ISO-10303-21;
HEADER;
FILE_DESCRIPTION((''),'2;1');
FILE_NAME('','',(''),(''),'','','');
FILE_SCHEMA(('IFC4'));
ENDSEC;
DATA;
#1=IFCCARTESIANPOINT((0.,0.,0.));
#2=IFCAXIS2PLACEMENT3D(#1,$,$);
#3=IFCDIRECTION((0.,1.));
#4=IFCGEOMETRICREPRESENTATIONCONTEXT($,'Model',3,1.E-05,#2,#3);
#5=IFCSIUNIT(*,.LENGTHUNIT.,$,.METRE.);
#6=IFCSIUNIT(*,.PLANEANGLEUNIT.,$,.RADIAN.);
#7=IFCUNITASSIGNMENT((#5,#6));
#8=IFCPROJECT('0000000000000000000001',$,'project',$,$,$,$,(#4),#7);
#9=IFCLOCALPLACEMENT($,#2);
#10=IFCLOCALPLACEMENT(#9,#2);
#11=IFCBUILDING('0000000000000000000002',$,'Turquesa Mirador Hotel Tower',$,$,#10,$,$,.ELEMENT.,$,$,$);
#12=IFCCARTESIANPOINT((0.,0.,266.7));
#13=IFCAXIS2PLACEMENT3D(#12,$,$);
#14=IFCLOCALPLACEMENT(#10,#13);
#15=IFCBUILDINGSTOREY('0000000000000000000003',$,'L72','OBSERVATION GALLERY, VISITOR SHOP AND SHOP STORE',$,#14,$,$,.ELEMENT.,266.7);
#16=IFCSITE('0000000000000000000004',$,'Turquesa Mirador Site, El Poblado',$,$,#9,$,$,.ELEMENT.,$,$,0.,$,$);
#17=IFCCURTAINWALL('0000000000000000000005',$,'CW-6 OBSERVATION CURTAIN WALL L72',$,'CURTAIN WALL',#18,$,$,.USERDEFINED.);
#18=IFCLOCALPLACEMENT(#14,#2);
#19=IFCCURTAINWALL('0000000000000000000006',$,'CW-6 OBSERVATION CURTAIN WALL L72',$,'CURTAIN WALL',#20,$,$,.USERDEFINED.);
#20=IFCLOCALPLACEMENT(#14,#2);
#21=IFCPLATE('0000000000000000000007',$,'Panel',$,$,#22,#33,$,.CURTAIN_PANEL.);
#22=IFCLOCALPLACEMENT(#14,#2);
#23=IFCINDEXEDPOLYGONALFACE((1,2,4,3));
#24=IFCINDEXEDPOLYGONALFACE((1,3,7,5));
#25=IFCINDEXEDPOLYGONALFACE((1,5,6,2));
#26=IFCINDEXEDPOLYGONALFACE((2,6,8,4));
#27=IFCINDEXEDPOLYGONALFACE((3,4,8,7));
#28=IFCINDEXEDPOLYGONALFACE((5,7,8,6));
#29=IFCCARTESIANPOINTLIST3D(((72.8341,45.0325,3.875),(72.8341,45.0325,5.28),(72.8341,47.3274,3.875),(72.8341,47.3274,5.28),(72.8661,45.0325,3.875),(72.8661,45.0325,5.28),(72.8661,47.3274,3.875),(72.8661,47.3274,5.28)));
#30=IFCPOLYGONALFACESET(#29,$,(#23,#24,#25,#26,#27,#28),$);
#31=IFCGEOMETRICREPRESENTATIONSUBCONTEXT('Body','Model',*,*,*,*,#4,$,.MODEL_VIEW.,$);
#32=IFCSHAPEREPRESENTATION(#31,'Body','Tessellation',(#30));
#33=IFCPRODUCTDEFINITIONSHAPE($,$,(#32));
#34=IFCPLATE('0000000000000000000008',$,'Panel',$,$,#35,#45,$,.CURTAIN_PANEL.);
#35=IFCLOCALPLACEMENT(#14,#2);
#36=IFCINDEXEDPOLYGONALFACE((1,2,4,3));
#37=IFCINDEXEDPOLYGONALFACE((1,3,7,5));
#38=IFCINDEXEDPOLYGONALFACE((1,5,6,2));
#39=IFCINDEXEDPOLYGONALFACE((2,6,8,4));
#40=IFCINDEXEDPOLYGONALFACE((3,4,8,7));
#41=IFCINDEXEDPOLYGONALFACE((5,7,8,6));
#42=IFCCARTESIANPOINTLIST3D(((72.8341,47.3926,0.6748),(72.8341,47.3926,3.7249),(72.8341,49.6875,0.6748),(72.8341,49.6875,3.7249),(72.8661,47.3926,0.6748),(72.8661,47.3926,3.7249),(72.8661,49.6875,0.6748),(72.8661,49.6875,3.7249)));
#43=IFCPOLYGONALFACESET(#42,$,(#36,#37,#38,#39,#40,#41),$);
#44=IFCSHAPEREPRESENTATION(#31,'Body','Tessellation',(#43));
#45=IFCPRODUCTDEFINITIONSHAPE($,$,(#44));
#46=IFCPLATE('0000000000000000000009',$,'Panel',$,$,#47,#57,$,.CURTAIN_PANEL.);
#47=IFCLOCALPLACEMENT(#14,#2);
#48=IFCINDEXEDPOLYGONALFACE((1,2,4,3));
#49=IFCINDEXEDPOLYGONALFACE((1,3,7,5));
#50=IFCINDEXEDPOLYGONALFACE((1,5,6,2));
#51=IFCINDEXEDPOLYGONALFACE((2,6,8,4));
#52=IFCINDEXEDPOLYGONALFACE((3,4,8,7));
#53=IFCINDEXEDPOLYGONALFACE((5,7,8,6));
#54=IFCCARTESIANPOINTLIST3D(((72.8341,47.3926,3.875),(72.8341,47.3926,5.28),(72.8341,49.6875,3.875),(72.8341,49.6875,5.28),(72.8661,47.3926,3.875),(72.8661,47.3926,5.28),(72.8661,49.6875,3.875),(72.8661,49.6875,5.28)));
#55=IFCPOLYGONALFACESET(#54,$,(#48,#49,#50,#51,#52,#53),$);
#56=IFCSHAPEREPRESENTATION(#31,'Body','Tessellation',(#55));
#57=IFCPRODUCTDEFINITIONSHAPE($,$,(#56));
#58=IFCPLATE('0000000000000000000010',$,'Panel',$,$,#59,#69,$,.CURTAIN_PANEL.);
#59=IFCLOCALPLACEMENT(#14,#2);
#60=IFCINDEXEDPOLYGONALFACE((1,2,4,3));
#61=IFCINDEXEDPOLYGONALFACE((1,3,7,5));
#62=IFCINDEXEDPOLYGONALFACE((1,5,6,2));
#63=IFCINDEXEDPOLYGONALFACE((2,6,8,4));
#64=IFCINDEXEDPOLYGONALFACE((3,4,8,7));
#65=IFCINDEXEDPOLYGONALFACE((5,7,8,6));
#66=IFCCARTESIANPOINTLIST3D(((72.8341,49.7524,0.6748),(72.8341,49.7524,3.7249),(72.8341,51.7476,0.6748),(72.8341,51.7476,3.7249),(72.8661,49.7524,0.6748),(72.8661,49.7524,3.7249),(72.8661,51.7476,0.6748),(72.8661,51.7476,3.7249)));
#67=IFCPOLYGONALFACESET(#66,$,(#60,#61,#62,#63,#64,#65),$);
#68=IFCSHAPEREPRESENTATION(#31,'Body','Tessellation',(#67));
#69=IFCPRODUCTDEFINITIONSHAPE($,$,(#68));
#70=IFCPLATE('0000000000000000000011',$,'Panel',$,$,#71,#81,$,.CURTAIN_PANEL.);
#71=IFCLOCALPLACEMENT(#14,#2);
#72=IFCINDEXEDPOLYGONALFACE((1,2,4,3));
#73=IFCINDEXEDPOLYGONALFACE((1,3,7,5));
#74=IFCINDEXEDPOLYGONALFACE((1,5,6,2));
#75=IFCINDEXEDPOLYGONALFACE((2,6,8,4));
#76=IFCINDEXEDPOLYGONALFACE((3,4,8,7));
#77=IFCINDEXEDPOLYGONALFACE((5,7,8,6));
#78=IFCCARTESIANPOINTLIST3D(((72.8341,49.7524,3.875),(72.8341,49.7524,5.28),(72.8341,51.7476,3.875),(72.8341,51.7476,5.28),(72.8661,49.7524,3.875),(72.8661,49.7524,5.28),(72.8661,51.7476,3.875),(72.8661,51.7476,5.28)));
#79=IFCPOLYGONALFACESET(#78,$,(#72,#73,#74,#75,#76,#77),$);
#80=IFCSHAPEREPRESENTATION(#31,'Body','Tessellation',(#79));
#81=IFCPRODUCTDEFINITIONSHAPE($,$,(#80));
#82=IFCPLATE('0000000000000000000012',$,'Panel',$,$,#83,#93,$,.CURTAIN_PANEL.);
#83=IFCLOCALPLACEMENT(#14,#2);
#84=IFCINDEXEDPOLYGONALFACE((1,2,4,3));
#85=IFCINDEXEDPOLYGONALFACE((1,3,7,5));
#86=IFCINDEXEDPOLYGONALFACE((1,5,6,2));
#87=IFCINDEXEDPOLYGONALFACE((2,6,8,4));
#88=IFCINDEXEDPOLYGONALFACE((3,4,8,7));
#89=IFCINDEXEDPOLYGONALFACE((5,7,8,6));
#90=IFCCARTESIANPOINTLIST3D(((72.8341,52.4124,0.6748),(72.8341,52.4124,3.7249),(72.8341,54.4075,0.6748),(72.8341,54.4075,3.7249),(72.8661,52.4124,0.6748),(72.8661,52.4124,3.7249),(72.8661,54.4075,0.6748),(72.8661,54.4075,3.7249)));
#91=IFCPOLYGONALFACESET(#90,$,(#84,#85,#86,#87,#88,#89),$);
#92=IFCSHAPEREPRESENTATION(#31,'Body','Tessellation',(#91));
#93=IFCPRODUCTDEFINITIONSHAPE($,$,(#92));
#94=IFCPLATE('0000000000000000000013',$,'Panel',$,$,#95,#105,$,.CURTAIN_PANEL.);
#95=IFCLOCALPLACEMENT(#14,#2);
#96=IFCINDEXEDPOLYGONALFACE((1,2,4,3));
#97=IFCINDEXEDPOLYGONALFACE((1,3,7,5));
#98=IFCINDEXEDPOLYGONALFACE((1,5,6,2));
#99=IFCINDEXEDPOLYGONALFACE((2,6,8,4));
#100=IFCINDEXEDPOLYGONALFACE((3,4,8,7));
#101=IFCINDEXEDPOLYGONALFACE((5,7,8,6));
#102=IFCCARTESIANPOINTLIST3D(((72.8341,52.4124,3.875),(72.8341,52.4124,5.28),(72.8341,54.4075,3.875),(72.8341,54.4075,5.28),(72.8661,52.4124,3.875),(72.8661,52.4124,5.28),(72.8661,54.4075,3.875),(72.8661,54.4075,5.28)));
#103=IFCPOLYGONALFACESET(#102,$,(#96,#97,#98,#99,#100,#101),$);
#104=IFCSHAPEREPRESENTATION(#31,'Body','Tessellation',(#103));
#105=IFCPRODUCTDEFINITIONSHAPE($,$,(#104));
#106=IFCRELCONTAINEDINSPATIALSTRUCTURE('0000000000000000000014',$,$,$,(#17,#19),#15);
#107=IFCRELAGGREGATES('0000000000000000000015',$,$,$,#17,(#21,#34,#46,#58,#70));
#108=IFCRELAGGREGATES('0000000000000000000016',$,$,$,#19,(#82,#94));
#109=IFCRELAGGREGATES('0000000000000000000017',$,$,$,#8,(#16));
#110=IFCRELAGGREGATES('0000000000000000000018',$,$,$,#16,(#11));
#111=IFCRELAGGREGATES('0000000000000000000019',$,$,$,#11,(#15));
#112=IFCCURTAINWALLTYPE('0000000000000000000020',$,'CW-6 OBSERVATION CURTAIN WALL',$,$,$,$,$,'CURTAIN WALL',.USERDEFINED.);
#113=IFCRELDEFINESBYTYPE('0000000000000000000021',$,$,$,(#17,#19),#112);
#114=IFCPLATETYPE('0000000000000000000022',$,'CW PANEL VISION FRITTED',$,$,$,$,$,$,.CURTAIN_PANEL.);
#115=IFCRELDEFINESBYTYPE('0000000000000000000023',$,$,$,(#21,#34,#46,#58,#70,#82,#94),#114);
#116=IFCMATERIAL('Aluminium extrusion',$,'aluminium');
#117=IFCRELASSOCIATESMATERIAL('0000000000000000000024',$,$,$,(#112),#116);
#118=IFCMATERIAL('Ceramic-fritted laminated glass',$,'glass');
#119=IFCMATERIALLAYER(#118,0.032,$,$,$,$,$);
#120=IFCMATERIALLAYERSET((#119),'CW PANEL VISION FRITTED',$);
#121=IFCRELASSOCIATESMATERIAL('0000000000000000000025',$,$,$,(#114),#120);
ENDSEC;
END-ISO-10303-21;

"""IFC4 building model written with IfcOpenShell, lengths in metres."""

from ifc_helpers import new_model, si_unit, direction, frame, origin, origin_2d, place, context, subcontext, project, spatial, rectangle, extrude, material, layer, layer_set, type_object, element, aggregate, save


model = new_model("IFC4")

# Units and contexts
model_context = context("Model", 3, precision=1e-05, world=origin(), true_north=direction((0.0, 1.0)))
body_context = subcontext(model_context, "Body", "Model", "MODEL_VIEW")
ifc_project = project(units=[si_unit("LENGTHUNIT", "METRE"), si_unit("PLANEANGLEUNIT", "RADIAN")], contexts=[model_context])

# Site, building, storey
site_placement = place(None, origin())
site = spatial("IfcSite", under=ifc_project, at=site_placement, Name="Turquesa Mirador Site, El Poblado", CompositionType="ELEMENT", RefElevation=0.0)
building_placement = place(site_placement, origin())
building = spatial("IfcBuilding", under=site, at=building_placement, Name="Turquesa Mirador Hotel Tower", CompositionType="ELEMENT")
storey_placement = place(building_placement, frame((0.0, 0.0, 266.7)))
storey = spatial("IfcBuildingStorey", under=building, at=storey_placement, Name="L72", Description="OBSERVATION GALLERY, VISITOR SHOP AND SHOP STORE", CompositionType="ELEMENT", Elevation=266.7)

# Curtain wall
ifc_material_1 = material(Name="Aluminium extrusion", Category="aluminium")
curtain_wall_type = type_object("IfcCurtainWallType", Name="CW-6 OBSERVATION CURTAIN WALL", ElementType="CURTAIN WALL", PredefinedType="USERDEFINED", material=ifc_material_1)
curtain_wall_1_placement = place(storey_placement, origin())
curtain_wall_1 = element("IfcCurtainWall", 1, at=curtain_wall_1_placement, inside=storey, type_object=curtain_wall_type, Name="CW-6 OBSERVATION CURTAIN WALL L72", ObjectType="CURTAIN WALL", PredefinedType="USERDEFINED")

# Curtain wall
curtain_wall_2_placement = place(storey_placement, origin())
curtain_wall_2 = element("IfcCurtainWall", 2, at=curtain_wall_2_placement, inside=storey, type_object=curtain_wall_type, Name="CW-6 OBSERVATION CURTAIN WALL L72", ObjectType="CURTAIN WALL", PredefinedType="USERDEFINED")

# Plates
ifc_material_2 = material(Name="Ceramic-fritted laminated glass", Category="glass")
ifc_layer_1 = layer(ifc_material_2, 0.032)
ifc_layer_set_1 = layer_set([ifc_layer_1], Name="CW PANEL VISION FRITTED")
plate_type_1 = type_object("IfcPlateType", Name="CW PANEL VISION FRITTED", PredefinedType="CURTAIN_PANEL", material=ifc_layer_set_1)
plate_1_placement = place(storey_placement, frame((72.8501, 46.1799, 3.875), z_axis=(0.0, 0.0, 1.0), x_axis=(0.0, 1.0, 0.0)))
plate_1 = element("IfcPlate", 3, at=plate_1_placement, type_object=plate_type_1, Name="Panel", PredefinedType="CURTAIN_PANEL", context=body_context, shape_type="SweptSolid", body=[
    extrude(rectangle(XDim=2.2949, YDim=0.032, at=origin_2d()), origin(), (0.0, 0.0, 1.0), 1.405),
])
plate_2_placement = place(storey_placement, frame((72.8501, 48.54, 0.6748), z_axis=(0.0, 0.0, 1.0), x_axis=(0.0, 1.0, 0.0)))
plate_2 = element("IfcPlate", 4, at=plate_2_placement, type_object=plate_type_1, Name="Panel", PredefinedType="CURTAIN_PANEL", context=body_context, shape_type="SweptSolid", body=[
    extrude(rectangle(XDim=2.2949, YDim=0.032, at=origin_2d()), origin(), (0.0, 0.0, 1.0), 3.05),
])
plate_3_placement = place(storey_placement, frame((72.8501, 48.54, 3.875), z_axis=(0.0, 0.0, 1.0), x_axis=(0.0, 1.0, 0.0)))
plate_3 = element("IfcPlate", 5, at=plate_3_placement, type_object=plate_type_1, Name="Panel", PredefinedType="CURTAIN_PANEL", context=body_context, shape_type="SweptSolid", body=[
    extrude(rectangle(XDim=2.2949, YDim=0.032, at=origin_2d()), origin(), (0.0, 0.0, 1.0), 1.405),
])
plate_4_placement = place(storey_placement, frame((72.8501, 50.75, 0.6748), z_axis=(0.0, 0.0, 1.0), x_axis=(0.0, 1.0, 0.0)))
plate_4 = element("IfcPlate", 6, at=plate_4_placement, type_object=plate_type_1, Name="Panel", PredefinedType="CURTAIN_PANEL", context=body_context, shape_type="SweptSolid", body=[
    extrude(rectangle(XDim=1.9951, YDim=0.032, at=origin_2d()), origin(), (0.0, 0.0, 1.0), 3.05),
])
plate_5_placement = place(storey_placement, frame((72.8501, 50.75, 3.875), z_axis=(0.0, 0.0, 1.0), x_axis=(0.0, 1.0, 0.0)))
plate_5 = element("IfcPlate", 7, at=plate_5_placement, type_object=plate_type_1, Name="Panel", PredefinedType="CURTAIN_PANEL", context=body_context, shape_type="SweptSolid", body=[
    extrude(rectangle(XDim=1.9951, YDim=0.032, at=origin_2d()), origin(), (0.0, 0.0, 1.0), 1.405),
])
aggregate(curtain_wall_1, [plate_1, plate_2, plate_3, plate_4, plate_5])
plate_6_placement = place(storey_placement, frame((72.8501, 53.4099, 0.6748), z_axis=(0.0, 0.0, 1.0), x_axis=(0.0, 1.0, 0.0)))
plate_6 = element("IfcPlate", 8, at=plate_6_placement, type_object=plate_type_1, Name="Panel", PredefinedType="CURTAIN_PANEL", context=body_context, shape_type="SweptSolid", body=[
    extrude(rectangle(XDim=1.9951, YDim=0.032, at=origin_2d()), origin(), (0.0, 0.0, 1.0), 3.05),
])
plate_7_placement = place(storey_placement, frame((72.8501, 53.4099, 3.875), z_axis=(0.0, 0.0, 1.0), x_axis=(0.0, 1.0, 0.0)))
plate_7 = element("IfcPlate", 9, at=plate_7_placement, type_object=plate_type_1, Name="Panel", PredefinedType="CURTAIN_PANEL", context=body_context, shape_type="SweptSolid", body=[
    extrude(rectangle(XDim=1.9951, YDim=0.032, at=origin_2d()), origin(), (0.0, 0.0, 1.0), 1.405),
])
aggregate(curtain_wall_2, [plate_6, plate_7])

save(model, "model.ifc")
